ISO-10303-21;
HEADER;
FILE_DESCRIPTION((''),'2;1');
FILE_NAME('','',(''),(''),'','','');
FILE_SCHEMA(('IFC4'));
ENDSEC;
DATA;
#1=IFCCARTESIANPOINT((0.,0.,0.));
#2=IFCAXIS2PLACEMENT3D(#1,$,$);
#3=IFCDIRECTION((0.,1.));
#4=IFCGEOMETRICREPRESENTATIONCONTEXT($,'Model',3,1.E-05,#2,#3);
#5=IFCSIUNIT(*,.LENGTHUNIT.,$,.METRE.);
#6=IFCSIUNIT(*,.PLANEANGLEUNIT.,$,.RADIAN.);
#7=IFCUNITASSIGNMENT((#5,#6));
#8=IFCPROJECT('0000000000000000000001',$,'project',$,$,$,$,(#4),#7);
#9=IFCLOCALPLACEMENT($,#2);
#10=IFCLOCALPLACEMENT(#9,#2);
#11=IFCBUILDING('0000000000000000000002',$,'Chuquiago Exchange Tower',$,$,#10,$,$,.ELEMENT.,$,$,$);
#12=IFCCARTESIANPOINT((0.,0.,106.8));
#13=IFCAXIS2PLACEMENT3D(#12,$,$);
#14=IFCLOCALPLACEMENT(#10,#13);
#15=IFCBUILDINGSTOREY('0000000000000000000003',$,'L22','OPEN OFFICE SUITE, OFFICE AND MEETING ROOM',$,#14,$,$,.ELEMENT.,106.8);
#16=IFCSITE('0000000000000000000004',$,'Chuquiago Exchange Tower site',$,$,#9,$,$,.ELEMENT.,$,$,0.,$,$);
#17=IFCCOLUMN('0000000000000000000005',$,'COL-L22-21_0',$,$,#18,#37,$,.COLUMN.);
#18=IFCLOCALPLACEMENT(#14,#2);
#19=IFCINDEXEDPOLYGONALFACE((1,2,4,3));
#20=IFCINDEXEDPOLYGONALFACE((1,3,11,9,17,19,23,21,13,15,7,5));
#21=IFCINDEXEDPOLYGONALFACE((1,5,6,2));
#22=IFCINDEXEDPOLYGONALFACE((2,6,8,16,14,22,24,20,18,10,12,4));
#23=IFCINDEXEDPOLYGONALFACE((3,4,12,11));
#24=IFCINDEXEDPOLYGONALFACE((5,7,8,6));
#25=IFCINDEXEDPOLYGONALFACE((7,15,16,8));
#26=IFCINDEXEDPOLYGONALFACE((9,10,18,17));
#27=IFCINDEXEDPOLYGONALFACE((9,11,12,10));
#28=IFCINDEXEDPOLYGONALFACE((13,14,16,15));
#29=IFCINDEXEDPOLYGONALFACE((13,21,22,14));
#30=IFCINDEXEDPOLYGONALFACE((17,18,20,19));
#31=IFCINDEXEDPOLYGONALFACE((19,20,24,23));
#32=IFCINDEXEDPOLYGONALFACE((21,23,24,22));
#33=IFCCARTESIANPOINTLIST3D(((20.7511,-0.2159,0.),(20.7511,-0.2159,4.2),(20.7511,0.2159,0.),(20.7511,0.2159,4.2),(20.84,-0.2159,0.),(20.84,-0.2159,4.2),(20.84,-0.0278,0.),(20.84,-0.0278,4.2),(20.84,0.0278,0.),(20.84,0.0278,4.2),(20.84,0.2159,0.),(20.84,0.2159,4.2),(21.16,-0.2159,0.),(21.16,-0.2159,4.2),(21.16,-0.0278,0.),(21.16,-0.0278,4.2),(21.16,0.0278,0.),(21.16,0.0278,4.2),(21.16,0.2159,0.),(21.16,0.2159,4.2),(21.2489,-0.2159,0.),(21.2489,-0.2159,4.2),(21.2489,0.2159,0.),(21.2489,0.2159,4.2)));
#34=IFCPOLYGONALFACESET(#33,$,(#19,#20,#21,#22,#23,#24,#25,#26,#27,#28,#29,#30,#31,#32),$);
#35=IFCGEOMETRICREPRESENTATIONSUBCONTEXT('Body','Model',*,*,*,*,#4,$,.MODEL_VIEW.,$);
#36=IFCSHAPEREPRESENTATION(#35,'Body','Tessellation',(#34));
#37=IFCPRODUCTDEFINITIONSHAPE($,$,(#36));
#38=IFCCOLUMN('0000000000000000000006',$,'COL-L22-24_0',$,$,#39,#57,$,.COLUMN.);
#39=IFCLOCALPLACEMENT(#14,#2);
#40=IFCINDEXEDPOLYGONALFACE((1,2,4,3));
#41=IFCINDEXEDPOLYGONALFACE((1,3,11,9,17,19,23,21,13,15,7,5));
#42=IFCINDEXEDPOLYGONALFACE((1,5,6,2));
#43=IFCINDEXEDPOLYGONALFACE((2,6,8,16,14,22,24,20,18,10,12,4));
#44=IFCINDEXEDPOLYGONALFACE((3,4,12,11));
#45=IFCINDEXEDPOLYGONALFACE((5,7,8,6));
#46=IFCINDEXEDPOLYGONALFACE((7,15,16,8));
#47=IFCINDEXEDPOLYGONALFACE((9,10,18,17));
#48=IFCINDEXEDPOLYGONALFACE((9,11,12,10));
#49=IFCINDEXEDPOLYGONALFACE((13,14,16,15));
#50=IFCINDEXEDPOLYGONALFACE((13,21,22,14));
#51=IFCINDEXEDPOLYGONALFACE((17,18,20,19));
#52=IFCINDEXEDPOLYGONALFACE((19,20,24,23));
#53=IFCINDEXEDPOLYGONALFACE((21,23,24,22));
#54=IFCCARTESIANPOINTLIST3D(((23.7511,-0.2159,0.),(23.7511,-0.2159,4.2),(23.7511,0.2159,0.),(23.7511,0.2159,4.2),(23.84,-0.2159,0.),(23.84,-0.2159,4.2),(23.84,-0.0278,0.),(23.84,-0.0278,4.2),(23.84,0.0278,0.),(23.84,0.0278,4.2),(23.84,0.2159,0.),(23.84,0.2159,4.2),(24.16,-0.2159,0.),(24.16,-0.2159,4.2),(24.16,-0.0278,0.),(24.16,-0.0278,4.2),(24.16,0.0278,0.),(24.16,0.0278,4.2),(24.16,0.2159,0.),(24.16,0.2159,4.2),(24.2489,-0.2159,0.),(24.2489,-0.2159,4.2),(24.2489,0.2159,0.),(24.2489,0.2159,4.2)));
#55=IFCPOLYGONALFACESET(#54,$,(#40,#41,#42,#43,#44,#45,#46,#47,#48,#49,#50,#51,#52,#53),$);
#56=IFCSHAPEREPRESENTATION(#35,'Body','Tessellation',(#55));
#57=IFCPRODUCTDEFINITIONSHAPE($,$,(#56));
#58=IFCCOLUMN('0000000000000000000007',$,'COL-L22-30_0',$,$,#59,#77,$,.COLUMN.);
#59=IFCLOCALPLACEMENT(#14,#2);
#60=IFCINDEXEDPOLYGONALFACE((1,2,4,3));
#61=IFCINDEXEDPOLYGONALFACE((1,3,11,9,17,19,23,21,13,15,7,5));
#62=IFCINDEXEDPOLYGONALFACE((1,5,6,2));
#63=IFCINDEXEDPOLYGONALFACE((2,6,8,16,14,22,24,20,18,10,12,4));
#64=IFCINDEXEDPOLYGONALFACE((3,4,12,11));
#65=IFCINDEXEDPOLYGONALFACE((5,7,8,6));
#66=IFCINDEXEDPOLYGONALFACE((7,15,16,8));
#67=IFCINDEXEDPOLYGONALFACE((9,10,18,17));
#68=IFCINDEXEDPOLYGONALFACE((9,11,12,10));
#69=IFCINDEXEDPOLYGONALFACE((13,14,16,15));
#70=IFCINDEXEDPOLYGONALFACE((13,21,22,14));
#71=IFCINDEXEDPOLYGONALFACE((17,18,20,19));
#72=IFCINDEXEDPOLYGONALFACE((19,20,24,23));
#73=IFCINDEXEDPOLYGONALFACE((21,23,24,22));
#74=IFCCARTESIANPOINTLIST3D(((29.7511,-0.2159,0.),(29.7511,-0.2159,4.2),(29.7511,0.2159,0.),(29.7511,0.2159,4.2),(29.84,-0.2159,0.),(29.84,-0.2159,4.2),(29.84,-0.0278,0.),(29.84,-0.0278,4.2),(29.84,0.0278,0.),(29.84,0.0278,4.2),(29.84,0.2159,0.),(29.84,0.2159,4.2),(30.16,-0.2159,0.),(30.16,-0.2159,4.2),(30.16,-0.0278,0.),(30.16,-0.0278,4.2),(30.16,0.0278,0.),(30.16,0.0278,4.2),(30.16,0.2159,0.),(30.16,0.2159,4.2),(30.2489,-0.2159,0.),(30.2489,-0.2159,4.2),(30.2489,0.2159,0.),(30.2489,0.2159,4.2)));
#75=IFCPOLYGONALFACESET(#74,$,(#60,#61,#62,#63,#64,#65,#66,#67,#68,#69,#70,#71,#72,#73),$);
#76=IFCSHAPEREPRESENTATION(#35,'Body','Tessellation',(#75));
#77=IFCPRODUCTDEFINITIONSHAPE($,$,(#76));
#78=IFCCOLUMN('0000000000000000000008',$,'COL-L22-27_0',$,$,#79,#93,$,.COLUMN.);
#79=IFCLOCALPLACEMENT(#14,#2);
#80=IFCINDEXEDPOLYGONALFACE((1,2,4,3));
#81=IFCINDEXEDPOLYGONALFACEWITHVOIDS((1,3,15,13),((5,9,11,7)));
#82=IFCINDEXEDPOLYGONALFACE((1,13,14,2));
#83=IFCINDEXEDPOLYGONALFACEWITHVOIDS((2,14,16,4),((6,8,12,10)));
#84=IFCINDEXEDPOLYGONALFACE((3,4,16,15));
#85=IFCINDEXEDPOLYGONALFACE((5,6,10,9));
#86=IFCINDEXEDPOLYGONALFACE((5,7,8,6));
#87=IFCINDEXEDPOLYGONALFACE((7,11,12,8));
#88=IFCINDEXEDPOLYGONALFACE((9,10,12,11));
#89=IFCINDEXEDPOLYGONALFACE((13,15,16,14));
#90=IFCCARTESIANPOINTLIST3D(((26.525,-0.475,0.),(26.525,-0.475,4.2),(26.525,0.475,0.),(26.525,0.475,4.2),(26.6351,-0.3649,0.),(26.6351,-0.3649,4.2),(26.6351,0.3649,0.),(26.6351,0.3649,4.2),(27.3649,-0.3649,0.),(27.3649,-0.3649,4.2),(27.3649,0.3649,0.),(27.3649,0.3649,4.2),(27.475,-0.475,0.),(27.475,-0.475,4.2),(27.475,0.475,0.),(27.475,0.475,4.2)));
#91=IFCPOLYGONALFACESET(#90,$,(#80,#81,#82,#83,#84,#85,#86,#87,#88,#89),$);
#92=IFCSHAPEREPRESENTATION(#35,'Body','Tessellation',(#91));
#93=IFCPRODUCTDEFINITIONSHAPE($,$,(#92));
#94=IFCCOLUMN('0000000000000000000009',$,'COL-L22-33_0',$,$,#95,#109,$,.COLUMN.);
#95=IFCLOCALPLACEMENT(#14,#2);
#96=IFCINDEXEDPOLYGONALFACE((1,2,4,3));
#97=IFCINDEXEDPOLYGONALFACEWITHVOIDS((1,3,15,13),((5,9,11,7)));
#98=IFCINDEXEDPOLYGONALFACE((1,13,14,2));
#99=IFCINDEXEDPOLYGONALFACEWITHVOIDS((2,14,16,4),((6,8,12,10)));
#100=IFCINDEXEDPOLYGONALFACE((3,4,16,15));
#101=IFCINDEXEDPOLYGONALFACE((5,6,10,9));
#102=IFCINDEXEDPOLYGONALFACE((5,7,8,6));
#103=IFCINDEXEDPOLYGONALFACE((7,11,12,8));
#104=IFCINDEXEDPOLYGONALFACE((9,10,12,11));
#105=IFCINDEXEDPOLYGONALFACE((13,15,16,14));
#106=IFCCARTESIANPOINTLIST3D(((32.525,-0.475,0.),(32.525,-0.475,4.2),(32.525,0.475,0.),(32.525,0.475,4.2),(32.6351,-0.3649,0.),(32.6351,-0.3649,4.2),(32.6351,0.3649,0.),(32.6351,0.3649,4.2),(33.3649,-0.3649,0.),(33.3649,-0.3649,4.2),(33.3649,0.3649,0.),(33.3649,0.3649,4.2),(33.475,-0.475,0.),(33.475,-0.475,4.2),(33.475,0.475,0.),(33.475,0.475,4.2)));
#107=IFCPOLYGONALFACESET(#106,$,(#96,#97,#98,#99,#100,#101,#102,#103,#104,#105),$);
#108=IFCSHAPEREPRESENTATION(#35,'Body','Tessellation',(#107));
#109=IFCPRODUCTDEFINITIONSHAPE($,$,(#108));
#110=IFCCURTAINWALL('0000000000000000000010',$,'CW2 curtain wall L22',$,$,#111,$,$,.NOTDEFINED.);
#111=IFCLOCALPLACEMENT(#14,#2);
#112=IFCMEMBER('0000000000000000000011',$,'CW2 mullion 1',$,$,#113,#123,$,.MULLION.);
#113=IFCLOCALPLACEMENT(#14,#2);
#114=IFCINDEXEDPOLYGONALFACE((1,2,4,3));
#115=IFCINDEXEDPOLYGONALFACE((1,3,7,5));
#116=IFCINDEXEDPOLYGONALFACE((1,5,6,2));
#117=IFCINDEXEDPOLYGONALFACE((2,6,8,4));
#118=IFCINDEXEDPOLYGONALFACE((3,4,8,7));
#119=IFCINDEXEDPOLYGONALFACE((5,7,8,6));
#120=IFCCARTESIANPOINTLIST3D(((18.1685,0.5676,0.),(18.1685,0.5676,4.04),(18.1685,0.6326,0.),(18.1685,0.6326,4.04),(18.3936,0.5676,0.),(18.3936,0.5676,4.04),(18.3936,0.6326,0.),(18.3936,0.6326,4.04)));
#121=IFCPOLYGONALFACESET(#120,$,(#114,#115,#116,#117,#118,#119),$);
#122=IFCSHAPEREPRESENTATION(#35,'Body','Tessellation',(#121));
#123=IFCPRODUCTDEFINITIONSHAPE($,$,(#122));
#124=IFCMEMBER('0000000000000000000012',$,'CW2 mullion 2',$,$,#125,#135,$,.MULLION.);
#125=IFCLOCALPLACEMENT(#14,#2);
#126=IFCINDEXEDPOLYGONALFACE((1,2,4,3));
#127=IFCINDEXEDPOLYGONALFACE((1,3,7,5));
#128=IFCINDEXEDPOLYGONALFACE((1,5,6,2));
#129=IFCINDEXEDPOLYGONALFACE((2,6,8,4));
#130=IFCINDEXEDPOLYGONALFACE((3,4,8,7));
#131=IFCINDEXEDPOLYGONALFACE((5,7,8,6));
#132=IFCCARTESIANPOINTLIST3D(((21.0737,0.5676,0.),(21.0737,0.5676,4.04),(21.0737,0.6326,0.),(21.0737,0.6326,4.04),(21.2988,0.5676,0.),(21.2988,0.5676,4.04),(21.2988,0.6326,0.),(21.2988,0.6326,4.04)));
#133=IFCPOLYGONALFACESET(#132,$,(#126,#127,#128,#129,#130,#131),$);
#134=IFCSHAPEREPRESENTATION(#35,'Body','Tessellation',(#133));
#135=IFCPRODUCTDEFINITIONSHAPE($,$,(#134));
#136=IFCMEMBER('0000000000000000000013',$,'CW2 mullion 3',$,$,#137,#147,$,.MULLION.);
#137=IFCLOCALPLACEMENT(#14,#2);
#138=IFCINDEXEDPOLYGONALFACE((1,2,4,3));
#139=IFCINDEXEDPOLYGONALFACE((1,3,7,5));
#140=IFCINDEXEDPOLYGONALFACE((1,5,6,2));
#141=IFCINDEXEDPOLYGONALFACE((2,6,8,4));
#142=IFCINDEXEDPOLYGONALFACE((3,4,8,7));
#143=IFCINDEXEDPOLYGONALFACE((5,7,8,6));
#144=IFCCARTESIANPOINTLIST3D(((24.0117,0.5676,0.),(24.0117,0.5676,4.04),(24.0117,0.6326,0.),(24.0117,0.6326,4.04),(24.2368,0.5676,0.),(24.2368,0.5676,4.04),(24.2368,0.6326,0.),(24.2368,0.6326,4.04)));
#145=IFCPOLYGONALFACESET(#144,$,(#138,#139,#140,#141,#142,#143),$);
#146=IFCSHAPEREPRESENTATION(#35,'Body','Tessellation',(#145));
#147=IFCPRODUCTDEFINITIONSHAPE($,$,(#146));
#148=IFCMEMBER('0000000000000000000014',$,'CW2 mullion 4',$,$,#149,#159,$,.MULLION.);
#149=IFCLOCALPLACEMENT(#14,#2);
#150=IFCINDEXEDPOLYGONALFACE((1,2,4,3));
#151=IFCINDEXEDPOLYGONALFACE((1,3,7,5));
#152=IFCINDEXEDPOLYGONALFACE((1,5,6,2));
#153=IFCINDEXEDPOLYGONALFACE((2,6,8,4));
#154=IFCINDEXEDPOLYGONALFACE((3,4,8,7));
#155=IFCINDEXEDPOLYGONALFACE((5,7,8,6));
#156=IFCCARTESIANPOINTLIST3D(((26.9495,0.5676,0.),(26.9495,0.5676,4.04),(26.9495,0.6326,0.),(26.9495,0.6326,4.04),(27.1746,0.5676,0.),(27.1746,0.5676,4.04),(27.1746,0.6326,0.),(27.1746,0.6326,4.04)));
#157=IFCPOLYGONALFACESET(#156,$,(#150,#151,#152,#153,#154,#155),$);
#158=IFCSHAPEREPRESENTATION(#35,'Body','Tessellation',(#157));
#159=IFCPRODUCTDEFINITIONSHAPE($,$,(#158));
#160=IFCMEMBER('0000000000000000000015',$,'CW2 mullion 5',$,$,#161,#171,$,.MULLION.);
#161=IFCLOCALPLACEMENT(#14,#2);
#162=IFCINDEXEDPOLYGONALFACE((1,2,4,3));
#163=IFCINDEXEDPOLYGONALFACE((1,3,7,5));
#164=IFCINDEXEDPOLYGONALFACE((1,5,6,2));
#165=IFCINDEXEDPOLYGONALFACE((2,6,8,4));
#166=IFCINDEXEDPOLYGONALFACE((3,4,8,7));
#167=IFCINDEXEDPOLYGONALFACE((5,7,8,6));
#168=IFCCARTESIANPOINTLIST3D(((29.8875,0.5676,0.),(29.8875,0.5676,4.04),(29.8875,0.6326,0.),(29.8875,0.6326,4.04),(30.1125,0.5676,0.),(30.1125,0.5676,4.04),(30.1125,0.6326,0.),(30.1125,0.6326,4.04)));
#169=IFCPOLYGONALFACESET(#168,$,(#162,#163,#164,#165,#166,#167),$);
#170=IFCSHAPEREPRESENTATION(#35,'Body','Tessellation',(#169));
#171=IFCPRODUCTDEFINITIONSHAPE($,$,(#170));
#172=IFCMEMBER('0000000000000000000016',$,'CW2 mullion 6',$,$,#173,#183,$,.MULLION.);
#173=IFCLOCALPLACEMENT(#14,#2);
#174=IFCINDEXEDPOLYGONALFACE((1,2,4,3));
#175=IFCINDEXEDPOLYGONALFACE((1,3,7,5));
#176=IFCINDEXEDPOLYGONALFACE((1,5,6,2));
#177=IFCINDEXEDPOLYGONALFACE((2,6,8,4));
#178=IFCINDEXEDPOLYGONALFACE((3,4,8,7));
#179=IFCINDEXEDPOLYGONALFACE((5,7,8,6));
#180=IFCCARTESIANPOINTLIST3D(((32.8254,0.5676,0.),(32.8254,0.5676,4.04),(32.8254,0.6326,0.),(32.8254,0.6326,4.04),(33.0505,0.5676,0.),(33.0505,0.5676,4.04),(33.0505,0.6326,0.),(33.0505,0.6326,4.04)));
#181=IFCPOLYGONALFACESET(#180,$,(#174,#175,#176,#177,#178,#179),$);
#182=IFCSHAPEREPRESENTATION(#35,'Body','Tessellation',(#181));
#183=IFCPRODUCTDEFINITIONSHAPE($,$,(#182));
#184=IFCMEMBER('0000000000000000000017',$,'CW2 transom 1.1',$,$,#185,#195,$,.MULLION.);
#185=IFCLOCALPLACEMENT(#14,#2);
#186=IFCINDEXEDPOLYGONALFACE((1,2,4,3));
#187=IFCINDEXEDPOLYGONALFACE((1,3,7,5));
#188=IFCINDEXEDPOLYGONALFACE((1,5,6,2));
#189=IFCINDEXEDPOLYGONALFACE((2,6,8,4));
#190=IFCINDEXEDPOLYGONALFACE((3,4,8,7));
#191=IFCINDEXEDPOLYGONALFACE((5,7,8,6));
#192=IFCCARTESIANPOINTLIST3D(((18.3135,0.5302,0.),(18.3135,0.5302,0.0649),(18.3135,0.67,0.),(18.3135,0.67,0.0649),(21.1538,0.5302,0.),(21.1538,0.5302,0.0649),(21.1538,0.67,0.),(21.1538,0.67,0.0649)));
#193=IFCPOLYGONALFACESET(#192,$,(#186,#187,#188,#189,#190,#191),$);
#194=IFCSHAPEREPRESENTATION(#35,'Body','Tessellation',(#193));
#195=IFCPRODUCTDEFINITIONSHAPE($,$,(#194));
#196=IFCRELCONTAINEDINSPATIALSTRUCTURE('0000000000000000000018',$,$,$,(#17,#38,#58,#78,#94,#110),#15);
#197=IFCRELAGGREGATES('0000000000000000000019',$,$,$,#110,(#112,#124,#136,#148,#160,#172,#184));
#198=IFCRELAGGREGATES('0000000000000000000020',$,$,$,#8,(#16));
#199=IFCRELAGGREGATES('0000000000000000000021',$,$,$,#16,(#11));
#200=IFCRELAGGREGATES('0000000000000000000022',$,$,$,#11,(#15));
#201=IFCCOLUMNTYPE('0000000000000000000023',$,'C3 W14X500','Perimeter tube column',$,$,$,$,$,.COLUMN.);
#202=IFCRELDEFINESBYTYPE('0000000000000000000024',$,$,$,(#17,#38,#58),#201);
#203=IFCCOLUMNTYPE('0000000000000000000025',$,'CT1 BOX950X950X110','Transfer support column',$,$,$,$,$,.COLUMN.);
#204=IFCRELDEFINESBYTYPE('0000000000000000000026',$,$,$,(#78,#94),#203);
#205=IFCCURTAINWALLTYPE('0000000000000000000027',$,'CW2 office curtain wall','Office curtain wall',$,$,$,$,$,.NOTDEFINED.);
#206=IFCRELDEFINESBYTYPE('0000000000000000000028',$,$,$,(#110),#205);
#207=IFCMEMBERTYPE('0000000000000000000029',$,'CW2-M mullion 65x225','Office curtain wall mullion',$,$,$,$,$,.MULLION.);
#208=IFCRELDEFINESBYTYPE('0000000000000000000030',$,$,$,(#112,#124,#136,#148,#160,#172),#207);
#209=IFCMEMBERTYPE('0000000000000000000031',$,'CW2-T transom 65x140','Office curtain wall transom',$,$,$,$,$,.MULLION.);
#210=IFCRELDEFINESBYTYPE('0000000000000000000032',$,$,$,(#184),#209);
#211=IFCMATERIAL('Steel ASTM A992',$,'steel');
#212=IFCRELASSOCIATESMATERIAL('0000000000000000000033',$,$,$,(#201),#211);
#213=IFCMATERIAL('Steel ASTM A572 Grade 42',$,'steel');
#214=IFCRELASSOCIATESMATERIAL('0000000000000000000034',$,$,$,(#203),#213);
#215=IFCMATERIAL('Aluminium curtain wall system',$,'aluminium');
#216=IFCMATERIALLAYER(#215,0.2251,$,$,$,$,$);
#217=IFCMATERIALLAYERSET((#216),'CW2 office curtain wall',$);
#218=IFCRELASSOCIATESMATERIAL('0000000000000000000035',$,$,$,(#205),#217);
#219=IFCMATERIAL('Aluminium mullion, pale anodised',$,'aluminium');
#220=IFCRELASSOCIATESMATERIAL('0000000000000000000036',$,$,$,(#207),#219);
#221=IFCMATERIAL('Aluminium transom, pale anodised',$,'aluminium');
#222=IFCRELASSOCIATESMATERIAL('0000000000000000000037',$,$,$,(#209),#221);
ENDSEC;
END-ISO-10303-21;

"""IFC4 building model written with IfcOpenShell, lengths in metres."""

from ifc_helpers import new_model, si_unit, direction, frame, origin, origin_2d, place, context, subcontext, project, spatial, rectangle, hollow_rectangle, i_section, extrude, material, layer, layer_set, material_profile, profile_set, type_object, element, aggregate, save


model = new_model("IFC4")

# Units and contexts
model_context = context("Model", 3, precision=1e-05, world=origin(), true_north=direction((0.0, 1.0)))
body_context = subcontext(model_context, "Body", "Model", "MODEL_VIEW")
ifc_project = project(units=[si_unit("LENGTHUNIT", "METRE"), si_unit("PLANEANGLEUNIT", "RADIAN")], contexts=[model_context])

# Site, building, storey
site_placement = place(None, origin())
site = spatial("IfcSite", under=ifc_project, at=site_placement, Name="Chuquiago Exchange Tower site", CompositionType="ELEMENT", RefElevation=0.0)
building_placement = place(site_placement, origin())
building = spatial("IfcBuilding", under=site, at=building_placement, Name="Chuquiago Exchange Tower", CompositionType="ELEMENT")
storey_placement = place(building_placement, frame((0.0, 0.0, 106.8)))
storey = spatial("IfcBuildingStorey", under=building, at=storey_placement, Name="L22", Description="OPEN OFFICE SUITE, OFFICE AND MEETING ROOM", CompositionType="ELEMENT", Elevation=106.8)

# Columns
ifc_material_1 = material(Name="Steel ASTM A992", Category="steel")
ifc_material_profile_1 = material_profile(ifc_material_1, i_section(OverallWidth=0.4319, OverallDepth=0.4978, WebThickness=0.0557, FlangeThickness=0.0889, at=origin_2d()), Name="W14X500")
ifc_profile_set_1 = profile_set([ifc_material_profile_1], Name="Steel ASTM A992")
column_type_1 = type_object("IfcColumnType", Name="C3 W14X500", Description="Perimeter tube column", PredefinedType="COLUMN", material=ifc_profile_set_1)
for number, where, z_axis, x_axis, name in (
    (1, (21.0, 0.0, 0.0), (0.0, 0.0, 1.0), (0.0, -1.0, 0.0), "COL-L22-21_0"),
    (2, (24.0, 0.0, 0.0), (0.0, 0.0, 1.0), (0.0, -1.0, 0.0), "COL-L22-24_0"),
    (3, (30.0, 0.0, 0.0), (0.0, 0.0, 1.0), (0.0, -1.0, 0.0), "COL-L22-30_0"),
):
    element("IfcColumn", number, at=place(storey_placement, frame(where, z_axis=z_axis, x_axis=x_axis)), inside=storey, type_object=column_type_1, Name=name, PredefinedType="COLUMN", context=body_context, shape_type="SweptSolid", body=[
        extrude(i_section(OverallWidth=0.4319, OverallDepth=0.4978, WebThickness=0.0557, FlangeThickness=0.0889, at=origin_2d()), origin(), (0.0, 0.0, 1.0), 4.2),
    ])
ifc_material_2 = material(Name="Steel ASTM A572 Grade 42", Category="steel")
ifc_material_profile_2 = material_profile(ifc_material_2, hollow_rectangle(XDim=0.95, YDim=0.95, WallThickness=0.1101, at=origin_2d()), Name="BOX950X950X110")
ifc_profile_set_2 = profile_set([ifc_material_profile_2], Name="Steel ASTM A572 Grade 42")
column_type_2 = type_object("IfcColumnType", Name="CT1 BOX950X950X110", Description="Transfer support column", PredefinedType="COLUMN", material=ifc_profile_set_2)
for number, where, z_axis, x_axis, name in (
    (4, (27.0, 0.0, 0.0), (0.0, 0.0, 1.0), (0.0, -1.0, 0.0), "COL-L22-27_0"),
    (5, (33.0, 0.0, 0.0), (0.0, 0.0, 1.0), (0.0, -1.0, 0.0), "COL-L22-33_0"),
):
    element("IfcColumn", number, at=place(storey_placement, frame(where, z_axis=z_axis, x_axis=x_axis)), inside=storey, type_object=column_type_2, Name=name, PredefinedType="COLUMN", context=body_context, shape_type="SweptSolid", body=[
        extrude(hollow_rectangle(XDim=0.95, YDim=0.95, WallThickness=0.1101, at=origin_2d()), origin(), (0.0, 0.0, 1.0), 4.2),
    ])

# Curtain wall, members
ifc_material_3 = material(Name="Aluminium curtain wall system", Category="aluminium")
ifc_layer_1 = layer(ifc_material_3, 0.2251)
ifc_layer_set_1 = layer_set([ifc_layer_1], Name="CW2 office curtain wall")
curtain_wall_type_1 = type_object("IfcCurtainWallType", Name="CW2 office curtain wall", Description="Office curtain wall", PredefinedType="NOTDEFINED", material=ifc_layer_set_1)
curtain_wall_1_placement = place(storey_placement, origin())
curtain_wall_1 = element("IfcCurtainWall", 6, at=curtain_wall_1_placement, inside=storey, type_object=curtain_wall_type_1, Name="CW2 curtain wall L22", PredefinedType="NOTDEFINED")
ifc_material_4 = material(Name="Aluminium mullion, pale anodised", Category="aluminium")
ifc_material_profile_3 = material_profile(ifc_material_4, rectangle(XDim=0.0649, YDim=0.2251, at=origin_2d()), Name="AL 65x225")
ifc_profile_set_3 = profile_set([ifc_material_profile_3], Name="Aluminium mullion, pale anodised")
member_type_1 = type_object("IfcMemberType", Name="CW2-M mullion 65x225", Description="Office curtain wall mullion", PredefinedType="MULLION", material=ifc_profile_set_3)
member_1_placement = place(storey_placement, frame((18.281, 0.6001, 0.0), z_axis=(0.0, 0.0, 1.0), x_axis=(0.0, 1.0, 0.0)))
member_1 = element("IfcMember", 7, at=member_1_placement, type_object=member_type_1, Name="CW2 mullion 1", PredefinedType="MULLION", context=body_context, shape_type="SweptSolid", body=[
    extrude(rectangle(XDim=0.0649, YDim=0.2251, at=origin_2d()), origin(), (0.0, 0.0, 1.0), 4.04),
])
member_2_placement = place(storey_placement, frame((21.1863, 0.6001, 0.0), z_axis=(0.0, 0.0, 1.0), x_axis=(0.0, 1.0, 0.0)))
member_2 = element("IfcMember", 8, at=member_2_placement, type_object=member_type_1, Name="CW2 mullion 2", PredefinedType="MULLION", context=body_context, shape_type="SweptSolid", body=[
    extrude(rectangle(XDim=0.0649, YDim=0.2251, at=origin_2d()), origin(), (0.0, 0.0, 1.0), 4.04),
])
member_3_placement = place(storey_placement, frame((24.1243, 0.6001, 0.0), z_axis=(0.0, 0.0, 1.0), x_axis=(0.0, 1.0, 0.0)))
member_3 = element("IfcMember", 9, at=member_3_placement, type_object=member_type_1, Name="CW2 mullion 3", PredefinedType="MULLION", context=body_context, shape_type="SweptSolid", body=[
    extrude(rectangle(XDim=0.0649, YDim=0.2251, at=origin_2d()), origin(), (0.0, 0.0, 1.0), 4.04),
])
member_4_placement = place(storey_placement, frame((27.062, 0.6001, 0.0), z_axis=(0.0, 0.0, 1.0), x_axis=(0.0, 1.0, 0.0)))
member_4 = element("IfcMember", 10, at=member_4_placement, type_object=member_type_1, Name="CW2 mullion 4", PredefinedType="MULLION", context=body_context, shape_type="SweptSolid", body=[
    extrude(rectangle(XDim=0.0649, YDim=0.2251, at=origin_2d()), origin(), (0.0, 0.0, 1.0), 4.04),
])
member_5_placement = place(storey_placement, frame((30.0, 0.6001, 0.0), z_axis=(0.0, 0.0, 1.0), x_axis=(0.0, 1.0, 0.0)))
member_5 = element("IfcMember", 11, at=member_5_placement, type_object=member_type_1, Name="CW2 mullion 5", PredefinedType="MULLION", context=body_context, shape_type="SweptSolid", body=[
    extrude(rectangle(XDim=0.0649, YDim=0.2251, at=origin_2d()), origin(), (0.0, 0.0, 1.0), 4.04),
])
member_6_placement = place(storey_placement, frame((32.938, 0.6001, 0.0), z_axis=(0.0, 0.0, 1.0), x_axis=(0.0, 1.0, 0.0)))
member_6 = element("IfcMember", 12, at=member_6_placement, type_object=member_type_1, Name="CW2 mullion 6", PredefinedType="MULLION", context=body_context, shape_type="SweptSolid", body=[
    extrude(rectangle(XDim=0.0649, YDim=0.2251, at=origin_2d()), origin(), (0.0, 0.0, 1.0), 4.04),
])
ifc_material_5 = material(Name="Aluminium transom, pale anodised", Category="aluminium")
ifc_material_profile_4 = material_profile(ifc_material_5, rectangle(XDim=0.1399, YDim=0.0649, at=origin_2d()), Name="AL 140x65")
ifc_profile_set_4 = profile_set([ifc_material_profile_4], Name="Aluminium transom, pale anodised")
member_type_2 = type_object("IfcMemberType", Name="CW2-T transom 65x140", Description="Office curtain wall transom", PredefinedType="MULLION", material=ifc_profile_set_4)
member_7_placement = place(storey_placement, frame((18.3135, 0.6001, 0.0325), z_axis=(1.0, 0.0, 0.0), x_axis=(0.0, 1.0, 0.0)))
member_7 = element("IfcMember", 13, at=member_7_placement, type_object=member_type_2, Name="CW2 transom 1.1", PredefinedType="MULLION", context=body_context, shape_type="SweptSolid", body=[
    extrude(rectangle(XDim=0.1399, YDim=0.0649, at=origin_2d()), origin(), (0.0, 0.0, 1.0), 2.8403),
])

aggregate(curtain_wall_1, [member_1, member_2, member_3, member_4, member_5, member_6, member_7])

save(model, "model.ifc")
